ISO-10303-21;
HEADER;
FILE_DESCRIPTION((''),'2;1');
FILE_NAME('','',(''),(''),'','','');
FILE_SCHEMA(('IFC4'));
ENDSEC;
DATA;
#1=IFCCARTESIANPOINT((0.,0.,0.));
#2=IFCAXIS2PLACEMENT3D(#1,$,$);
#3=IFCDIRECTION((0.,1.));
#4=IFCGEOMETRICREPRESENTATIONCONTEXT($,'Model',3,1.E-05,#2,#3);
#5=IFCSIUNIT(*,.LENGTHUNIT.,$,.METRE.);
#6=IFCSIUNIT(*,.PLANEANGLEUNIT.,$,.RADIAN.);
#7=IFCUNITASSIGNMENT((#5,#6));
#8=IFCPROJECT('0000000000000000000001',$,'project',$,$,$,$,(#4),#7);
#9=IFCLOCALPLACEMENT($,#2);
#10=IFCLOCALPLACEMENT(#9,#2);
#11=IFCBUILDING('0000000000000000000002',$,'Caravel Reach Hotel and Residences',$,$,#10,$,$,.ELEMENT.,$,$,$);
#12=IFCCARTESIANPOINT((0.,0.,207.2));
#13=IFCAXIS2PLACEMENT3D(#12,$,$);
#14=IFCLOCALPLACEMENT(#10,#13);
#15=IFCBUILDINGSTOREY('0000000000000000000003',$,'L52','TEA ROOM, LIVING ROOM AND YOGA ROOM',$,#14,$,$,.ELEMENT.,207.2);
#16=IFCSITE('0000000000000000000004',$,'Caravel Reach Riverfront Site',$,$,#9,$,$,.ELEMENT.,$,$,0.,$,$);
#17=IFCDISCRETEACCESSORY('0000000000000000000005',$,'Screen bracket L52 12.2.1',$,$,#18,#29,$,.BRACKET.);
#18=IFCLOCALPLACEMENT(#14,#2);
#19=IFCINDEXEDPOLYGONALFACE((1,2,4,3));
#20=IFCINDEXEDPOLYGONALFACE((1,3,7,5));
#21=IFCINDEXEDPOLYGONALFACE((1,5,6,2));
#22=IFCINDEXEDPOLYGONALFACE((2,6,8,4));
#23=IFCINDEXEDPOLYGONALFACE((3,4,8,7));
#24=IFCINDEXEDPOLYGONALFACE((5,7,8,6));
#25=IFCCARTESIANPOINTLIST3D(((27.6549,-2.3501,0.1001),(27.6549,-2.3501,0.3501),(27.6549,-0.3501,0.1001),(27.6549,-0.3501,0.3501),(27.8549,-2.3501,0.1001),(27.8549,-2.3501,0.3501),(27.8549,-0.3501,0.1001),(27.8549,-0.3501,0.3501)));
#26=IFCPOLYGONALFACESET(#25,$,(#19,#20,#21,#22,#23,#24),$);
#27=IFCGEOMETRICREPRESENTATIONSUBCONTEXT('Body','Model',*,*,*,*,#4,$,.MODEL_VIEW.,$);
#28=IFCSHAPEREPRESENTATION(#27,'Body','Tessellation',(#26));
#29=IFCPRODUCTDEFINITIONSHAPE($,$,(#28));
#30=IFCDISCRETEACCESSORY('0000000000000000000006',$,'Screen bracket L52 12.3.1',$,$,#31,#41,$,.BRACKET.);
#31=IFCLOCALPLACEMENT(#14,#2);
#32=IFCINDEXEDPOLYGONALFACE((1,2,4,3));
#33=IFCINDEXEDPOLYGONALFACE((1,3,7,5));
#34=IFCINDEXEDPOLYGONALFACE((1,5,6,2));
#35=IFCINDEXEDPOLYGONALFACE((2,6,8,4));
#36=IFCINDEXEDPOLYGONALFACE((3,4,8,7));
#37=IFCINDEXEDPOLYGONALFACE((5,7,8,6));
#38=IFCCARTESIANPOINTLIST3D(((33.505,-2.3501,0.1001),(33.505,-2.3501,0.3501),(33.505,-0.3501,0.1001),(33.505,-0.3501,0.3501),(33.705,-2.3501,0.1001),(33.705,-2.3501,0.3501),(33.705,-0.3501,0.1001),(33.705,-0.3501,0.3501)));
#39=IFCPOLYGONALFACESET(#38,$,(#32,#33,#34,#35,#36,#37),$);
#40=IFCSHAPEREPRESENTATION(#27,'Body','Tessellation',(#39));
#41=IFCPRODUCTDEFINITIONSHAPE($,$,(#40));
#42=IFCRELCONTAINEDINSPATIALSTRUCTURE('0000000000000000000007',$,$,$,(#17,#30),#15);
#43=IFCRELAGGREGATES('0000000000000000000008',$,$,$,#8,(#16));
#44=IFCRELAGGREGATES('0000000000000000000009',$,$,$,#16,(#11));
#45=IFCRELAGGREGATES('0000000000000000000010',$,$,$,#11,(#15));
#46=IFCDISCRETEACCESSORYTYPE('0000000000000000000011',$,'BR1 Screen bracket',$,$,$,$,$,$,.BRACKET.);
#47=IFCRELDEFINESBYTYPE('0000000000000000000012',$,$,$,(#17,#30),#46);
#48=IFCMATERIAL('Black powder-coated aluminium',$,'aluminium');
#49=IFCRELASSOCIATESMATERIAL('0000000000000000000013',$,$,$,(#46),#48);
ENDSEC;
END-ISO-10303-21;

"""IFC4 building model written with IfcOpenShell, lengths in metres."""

from ifc_helpers import new_model, si_unit, direction, frame, origin, origin_2d, place, context, subcontext, project, spatial, rectangle, extrude, material, type_object, element, save


model = new_model("IFC4")

# Units and contexts
model_context = context("Model", 3, precision=1e-05, world=origin(), true_north=direction((0.0, 1.0)))
body_context = subcontext(model_context, "Body", "Model", "MODEL_VIEW")
ifc_project = project(units=[si_unit("LENGTHUNIT", "METRE"), si_unit("PLANEANGLEUNIT", "RADIAN")], contexts=[model_context])

# Site, building, storey
site_placement = place(None, origin())
site = spatial("IfcSite", under=ifc_project, at=site_placement, Name="Caravel Reach Riverfront Site", CompositionType="ELEMENT", RefElevation=0.0)
building_placement = place(site_placement, origin())
building = spatial("IfcBuilding", under=site, at=building_placement, Name="Caravel Reach Hotel and Residences", CompositionType="ELEMENT")
storey_placement = place(building_placement, frame((0.0, 0.0, 207.2)))
storey = spatial("IfcBuildingStorey", under=building, at=storey_placement, Name="L52", Description="TEA ROOM, LIVING ROOM AND YOGA ROOM", CompositionType="ELEMENT", Elevation=207.2)

# Discrete accessories
ifc_material_1 = material(Name="Black powder-coated aluminium", Category="aluminium")
discrete_accessory_type = type_object("IfcDiscreteAccessoryType", Name="BR1 Screen bracket", PredefinedType="BRACKET", material=ifc_material_1)
for number, where, z_axis, x_axis, name in (
    (1, (27.7549, -1.3501, 0.1001), (0.0, 0.0, 1.0), (0.0, -1.0, 0.0), "Screen bracket L52 12.2.1"),
    (2, (33.605, -1.3501, 0.1001), (0.0, 0.0, 1.0), (0.0, -1.0, 0.0), "Screen bracket L52 12.3.1"),
):
    element("IfcDiscreteAccessory", number, at=place(storey_placement, frame(where, z_axis=z_axis, x_axis=x_axis)), inside=storey, type_object=discrete_accessory_type, Name=name, PredefinedType="BRACKET", context=body_context, shape_type="SweptSolid", body=[
        extrude(rectangle(XDim=2.0, YDim=0.2, at=origin_2d()), origin(), (0.0, 0.0, 1.0), 0.25),
    ])

save(model, "model.ifc")
